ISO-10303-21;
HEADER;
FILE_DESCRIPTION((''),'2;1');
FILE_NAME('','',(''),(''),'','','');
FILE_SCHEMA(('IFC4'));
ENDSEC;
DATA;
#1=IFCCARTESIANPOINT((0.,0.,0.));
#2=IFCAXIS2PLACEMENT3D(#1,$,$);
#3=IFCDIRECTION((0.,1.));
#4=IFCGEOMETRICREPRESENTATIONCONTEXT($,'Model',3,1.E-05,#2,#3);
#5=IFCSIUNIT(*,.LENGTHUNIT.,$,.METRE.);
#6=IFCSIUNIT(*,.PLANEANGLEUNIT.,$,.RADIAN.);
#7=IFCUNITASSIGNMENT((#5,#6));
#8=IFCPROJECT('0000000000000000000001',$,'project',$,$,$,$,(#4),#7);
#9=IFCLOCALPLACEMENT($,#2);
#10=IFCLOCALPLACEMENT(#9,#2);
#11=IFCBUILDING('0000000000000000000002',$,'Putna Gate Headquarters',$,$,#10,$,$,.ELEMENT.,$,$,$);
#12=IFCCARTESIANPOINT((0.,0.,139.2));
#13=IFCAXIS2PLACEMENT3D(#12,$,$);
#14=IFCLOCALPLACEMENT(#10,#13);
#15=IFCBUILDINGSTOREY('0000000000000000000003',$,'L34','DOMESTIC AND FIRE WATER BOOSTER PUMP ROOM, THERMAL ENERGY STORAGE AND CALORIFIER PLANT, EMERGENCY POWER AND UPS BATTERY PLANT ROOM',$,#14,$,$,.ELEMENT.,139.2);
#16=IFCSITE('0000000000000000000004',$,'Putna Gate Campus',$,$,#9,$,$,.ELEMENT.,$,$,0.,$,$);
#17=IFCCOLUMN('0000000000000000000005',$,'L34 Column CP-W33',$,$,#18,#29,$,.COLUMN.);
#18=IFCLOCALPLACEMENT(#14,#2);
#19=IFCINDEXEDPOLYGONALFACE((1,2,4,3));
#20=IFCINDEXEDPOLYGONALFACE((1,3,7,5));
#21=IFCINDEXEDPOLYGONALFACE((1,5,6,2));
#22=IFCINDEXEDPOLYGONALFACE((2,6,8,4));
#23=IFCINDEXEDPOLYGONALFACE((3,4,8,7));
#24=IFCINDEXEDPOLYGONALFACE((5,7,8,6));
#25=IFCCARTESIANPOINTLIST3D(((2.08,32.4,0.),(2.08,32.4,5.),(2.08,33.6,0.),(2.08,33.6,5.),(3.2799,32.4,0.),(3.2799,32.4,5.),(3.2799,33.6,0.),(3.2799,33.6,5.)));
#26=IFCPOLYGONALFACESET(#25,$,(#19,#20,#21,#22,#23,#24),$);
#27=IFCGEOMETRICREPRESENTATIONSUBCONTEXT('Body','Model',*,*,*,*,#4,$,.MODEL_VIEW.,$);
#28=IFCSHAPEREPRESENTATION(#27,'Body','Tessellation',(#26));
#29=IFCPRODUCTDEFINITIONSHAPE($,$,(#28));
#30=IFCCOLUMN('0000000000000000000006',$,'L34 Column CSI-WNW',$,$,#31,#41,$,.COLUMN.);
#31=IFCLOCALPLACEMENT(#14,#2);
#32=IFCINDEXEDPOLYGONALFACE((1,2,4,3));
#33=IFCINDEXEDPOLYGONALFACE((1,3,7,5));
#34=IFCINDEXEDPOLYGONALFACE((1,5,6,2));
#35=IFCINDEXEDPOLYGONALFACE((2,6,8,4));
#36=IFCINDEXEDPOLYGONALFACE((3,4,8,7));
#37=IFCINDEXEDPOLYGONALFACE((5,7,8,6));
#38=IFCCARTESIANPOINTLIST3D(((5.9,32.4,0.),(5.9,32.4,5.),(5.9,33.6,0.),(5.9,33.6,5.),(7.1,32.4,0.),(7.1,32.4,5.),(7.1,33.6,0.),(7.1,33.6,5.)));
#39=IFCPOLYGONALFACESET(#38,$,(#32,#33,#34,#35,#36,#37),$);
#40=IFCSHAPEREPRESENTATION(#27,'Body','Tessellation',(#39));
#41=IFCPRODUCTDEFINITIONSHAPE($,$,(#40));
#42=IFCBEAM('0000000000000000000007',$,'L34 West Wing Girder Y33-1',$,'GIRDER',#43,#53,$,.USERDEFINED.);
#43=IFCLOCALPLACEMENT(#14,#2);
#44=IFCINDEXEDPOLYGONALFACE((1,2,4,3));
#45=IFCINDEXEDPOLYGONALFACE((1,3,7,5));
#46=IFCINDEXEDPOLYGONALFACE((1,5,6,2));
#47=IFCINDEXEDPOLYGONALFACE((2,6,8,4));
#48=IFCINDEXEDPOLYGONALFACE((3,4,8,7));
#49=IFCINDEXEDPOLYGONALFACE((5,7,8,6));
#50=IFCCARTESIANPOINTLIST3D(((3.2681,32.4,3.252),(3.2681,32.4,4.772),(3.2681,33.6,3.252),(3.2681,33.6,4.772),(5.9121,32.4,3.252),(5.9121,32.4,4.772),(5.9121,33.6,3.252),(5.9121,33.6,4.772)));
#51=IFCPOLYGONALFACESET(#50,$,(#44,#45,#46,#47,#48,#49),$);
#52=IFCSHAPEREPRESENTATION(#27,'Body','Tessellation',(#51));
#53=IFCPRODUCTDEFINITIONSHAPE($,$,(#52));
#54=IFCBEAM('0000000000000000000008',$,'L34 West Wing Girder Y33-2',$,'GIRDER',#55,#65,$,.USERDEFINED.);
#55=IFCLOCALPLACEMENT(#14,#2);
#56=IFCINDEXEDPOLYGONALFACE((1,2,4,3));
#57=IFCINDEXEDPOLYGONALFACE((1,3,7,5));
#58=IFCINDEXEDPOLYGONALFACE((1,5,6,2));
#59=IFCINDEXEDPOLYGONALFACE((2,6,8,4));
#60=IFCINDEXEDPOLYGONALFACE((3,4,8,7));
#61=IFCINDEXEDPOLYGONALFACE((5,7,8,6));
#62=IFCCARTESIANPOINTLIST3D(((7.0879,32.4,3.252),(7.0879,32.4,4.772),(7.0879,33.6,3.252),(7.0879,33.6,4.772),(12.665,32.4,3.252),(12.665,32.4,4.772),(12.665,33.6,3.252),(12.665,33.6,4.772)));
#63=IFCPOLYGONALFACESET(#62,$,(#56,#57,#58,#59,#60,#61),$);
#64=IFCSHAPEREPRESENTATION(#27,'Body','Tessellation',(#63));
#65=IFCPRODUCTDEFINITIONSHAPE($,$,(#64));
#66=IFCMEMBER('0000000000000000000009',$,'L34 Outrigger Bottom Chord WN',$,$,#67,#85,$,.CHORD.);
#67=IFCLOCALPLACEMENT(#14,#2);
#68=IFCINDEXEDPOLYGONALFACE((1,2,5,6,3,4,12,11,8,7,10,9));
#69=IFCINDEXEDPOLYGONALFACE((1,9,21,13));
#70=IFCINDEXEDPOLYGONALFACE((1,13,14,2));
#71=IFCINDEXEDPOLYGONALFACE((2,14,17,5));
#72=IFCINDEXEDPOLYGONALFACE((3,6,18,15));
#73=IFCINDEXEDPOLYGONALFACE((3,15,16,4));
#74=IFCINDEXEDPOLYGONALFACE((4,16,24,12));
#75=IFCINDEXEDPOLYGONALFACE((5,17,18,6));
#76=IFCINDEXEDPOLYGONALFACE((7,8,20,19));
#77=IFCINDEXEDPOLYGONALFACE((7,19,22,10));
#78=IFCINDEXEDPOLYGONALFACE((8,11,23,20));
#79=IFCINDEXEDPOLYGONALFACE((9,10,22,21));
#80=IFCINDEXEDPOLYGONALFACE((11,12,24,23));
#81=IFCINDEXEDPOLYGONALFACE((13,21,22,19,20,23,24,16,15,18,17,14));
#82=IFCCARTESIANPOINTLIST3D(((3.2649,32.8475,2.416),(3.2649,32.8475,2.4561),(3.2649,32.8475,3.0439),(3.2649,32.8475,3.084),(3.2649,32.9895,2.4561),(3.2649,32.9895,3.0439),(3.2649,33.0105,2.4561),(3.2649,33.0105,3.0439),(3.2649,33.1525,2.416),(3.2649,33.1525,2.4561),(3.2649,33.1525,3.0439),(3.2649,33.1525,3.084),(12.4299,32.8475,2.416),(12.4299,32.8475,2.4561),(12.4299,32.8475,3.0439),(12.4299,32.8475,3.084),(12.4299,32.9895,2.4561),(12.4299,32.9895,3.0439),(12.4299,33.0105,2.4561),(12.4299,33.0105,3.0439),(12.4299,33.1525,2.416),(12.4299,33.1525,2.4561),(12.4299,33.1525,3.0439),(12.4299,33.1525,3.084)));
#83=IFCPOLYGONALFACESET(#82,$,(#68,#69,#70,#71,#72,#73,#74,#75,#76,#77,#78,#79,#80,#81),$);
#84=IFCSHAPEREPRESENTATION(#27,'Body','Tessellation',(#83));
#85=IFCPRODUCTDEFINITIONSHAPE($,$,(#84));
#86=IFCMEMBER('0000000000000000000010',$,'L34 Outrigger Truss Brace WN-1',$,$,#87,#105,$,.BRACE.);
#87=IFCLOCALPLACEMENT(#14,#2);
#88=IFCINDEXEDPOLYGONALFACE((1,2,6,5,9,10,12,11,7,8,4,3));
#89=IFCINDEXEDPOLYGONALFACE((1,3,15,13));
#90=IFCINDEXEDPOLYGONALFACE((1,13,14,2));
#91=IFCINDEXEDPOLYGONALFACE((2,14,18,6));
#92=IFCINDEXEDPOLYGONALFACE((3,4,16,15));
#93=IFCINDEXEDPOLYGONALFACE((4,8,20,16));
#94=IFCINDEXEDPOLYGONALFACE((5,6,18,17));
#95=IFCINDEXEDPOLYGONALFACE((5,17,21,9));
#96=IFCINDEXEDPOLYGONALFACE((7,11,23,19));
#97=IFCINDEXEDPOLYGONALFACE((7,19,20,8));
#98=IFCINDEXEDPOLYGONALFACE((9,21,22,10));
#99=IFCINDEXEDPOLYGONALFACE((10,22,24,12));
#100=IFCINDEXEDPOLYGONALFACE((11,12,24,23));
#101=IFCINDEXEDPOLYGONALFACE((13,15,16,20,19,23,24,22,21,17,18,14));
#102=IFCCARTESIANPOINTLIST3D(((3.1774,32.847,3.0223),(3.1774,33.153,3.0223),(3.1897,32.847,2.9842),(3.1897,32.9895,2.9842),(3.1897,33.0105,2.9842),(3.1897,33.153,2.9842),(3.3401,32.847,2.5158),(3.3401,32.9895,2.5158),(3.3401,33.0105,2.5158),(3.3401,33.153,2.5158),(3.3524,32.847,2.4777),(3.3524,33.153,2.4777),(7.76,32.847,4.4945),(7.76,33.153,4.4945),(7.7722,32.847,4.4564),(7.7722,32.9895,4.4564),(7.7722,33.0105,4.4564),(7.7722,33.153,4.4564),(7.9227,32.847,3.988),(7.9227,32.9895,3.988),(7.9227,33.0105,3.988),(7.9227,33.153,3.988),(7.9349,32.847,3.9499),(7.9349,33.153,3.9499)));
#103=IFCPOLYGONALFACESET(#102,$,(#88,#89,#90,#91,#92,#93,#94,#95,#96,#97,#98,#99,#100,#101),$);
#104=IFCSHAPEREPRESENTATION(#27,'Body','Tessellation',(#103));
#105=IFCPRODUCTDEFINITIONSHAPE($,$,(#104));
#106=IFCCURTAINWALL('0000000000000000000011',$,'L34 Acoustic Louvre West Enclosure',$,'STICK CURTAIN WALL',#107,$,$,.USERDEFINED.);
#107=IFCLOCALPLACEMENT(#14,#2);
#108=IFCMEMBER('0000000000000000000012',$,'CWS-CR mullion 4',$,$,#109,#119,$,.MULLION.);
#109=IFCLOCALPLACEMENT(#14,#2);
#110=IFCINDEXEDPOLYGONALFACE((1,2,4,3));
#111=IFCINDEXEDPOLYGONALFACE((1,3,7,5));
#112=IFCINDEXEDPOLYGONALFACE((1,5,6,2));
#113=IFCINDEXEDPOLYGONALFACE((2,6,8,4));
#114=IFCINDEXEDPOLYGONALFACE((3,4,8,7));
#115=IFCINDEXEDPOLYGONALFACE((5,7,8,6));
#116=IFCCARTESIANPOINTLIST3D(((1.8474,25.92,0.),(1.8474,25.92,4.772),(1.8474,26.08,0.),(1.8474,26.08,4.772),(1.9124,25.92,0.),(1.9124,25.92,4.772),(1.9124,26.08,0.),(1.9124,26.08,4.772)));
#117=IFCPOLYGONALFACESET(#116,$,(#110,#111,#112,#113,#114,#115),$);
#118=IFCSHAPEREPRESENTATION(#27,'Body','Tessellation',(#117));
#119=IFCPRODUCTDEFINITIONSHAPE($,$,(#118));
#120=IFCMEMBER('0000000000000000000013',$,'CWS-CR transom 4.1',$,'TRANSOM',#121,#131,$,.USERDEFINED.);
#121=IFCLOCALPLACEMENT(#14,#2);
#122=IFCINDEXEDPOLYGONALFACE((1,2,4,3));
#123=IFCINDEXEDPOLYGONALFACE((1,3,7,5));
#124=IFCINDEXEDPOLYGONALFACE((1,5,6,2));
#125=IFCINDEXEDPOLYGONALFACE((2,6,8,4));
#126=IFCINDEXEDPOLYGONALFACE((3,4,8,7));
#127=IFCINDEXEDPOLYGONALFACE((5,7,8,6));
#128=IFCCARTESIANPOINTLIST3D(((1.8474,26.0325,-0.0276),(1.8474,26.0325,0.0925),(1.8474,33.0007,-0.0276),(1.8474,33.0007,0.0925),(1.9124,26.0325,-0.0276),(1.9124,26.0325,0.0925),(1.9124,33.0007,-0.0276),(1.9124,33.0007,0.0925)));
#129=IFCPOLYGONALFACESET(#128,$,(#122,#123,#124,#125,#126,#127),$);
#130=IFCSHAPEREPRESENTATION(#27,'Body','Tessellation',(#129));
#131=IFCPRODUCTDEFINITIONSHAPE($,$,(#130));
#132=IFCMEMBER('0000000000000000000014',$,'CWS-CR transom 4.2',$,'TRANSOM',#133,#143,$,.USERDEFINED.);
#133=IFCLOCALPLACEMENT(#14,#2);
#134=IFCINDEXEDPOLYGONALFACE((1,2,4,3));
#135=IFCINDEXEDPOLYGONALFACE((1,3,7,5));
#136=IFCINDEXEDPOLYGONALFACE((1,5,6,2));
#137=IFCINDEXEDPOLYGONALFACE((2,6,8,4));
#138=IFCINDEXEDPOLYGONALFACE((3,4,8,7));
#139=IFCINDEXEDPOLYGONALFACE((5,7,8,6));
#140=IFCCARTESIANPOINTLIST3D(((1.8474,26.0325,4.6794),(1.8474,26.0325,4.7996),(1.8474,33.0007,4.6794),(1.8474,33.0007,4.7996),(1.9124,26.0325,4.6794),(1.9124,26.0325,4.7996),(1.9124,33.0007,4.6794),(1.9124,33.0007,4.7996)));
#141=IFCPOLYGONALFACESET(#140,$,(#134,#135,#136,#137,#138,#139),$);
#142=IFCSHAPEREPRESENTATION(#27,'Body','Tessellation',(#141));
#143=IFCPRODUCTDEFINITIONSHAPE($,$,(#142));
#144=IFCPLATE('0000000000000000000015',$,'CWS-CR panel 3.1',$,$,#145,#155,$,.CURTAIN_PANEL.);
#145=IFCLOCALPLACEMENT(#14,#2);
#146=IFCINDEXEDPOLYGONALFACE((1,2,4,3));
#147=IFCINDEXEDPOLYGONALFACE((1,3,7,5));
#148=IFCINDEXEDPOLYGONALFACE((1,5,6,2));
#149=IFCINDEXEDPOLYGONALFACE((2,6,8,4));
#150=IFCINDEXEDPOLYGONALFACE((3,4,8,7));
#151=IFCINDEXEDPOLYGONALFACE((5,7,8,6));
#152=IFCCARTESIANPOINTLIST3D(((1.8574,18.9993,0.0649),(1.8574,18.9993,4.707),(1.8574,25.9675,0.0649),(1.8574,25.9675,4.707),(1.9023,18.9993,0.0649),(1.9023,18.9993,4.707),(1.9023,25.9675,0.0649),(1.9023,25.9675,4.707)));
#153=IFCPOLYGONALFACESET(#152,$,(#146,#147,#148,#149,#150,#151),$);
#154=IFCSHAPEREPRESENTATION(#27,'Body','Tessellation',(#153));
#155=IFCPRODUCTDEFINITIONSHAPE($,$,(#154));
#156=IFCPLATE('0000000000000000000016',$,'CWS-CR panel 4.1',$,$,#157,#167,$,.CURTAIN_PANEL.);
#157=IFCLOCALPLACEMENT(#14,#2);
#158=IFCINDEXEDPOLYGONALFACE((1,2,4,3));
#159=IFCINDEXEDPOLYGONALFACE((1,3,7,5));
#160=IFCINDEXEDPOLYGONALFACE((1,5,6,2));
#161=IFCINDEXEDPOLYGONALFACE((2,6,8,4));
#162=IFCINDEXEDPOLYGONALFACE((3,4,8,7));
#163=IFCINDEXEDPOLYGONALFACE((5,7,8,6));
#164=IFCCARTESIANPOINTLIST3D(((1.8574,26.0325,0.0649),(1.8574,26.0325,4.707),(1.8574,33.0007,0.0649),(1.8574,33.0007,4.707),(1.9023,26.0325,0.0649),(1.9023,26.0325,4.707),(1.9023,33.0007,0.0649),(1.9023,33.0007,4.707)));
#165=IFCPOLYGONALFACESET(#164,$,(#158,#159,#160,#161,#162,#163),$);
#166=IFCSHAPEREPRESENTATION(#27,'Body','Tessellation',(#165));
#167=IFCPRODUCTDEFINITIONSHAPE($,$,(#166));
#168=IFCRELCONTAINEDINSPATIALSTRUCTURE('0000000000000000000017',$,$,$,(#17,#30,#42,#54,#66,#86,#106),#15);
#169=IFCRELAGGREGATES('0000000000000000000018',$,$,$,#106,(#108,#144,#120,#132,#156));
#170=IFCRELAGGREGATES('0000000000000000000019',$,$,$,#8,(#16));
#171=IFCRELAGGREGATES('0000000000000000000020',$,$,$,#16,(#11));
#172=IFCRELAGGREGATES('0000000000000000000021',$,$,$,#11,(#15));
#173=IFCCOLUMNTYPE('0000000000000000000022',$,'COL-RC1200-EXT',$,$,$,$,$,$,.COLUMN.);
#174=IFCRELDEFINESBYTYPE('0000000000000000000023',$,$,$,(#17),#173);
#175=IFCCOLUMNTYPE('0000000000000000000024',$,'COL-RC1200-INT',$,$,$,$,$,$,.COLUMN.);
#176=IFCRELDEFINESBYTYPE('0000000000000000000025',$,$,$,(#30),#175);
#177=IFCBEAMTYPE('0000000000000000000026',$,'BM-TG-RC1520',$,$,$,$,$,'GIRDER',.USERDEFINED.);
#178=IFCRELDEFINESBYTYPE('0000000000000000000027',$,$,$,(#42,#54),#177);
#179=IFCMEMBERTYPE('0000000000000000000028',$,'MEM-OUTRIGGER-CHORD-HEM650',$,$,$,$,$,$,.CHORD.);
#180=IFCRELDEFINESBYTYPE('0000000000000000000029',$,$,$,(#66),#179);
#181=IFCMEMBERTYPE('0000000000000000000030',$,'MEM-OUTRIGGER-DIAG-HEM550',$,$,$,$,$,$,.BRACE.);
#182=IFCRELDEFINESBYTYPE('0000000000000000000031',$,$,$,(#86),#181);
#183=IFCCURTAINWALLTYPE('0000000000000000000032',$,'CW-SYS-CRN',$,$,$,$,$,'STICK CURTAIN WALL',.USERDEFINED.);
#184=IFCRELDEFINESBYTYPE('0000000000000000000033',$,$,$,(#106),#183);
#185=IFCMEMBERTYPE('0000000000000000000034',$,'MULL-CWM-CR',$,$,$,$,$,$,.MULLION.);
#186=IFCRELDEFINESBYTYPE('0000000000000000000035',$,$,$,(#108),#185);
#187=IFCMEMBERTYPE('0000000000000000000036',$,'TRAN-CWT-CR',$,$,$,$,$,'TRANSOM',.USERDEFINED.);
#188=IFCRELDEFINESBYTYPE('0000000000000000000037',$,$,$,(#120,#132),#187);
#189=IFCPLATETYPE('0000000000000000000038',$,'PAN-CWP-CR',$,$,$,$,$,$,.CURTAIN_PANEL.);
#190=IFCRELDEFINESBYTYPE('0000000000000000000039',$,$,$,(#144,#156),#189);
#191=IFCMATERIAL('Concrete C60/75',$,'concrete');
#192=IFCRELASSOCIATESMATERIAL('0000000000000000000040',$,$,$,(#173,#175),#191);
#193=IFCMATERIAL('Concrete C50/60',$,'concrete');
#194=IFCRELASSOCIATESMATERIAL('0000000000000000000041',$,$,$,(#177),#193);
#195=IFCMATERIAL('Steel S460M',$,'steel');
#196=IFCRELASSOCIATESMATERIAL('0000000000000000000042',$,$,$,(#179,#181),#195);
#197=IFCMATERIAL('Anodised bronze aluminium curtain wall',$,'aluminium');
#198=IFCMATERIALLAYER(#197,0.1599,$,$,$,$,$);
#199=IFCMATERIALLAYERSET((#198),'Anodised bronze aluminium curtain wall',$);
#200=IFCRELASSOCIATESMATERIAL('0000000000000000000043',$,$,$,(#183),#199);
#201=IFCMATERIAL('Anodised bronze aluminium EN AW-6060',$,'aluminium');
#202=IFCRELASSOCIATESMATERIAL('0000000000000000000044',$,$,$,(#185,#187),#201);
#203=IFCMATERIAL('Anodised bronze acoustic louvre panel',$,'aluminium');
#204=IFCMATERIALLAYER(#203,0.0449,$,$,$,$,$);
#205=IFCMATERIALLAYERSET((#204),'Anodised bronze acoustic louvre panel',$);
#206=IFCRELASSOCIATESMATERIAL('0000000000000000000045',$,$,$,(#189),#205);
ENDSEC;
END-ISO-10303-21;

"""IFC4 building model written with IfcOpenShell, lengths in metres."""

from ifc_helpers import new_model, si_unit, direction, frame, origin, origin_2d, place, context, subcontext, project, spatial, rectangle, i_section, extrude, material, layer, layer_set, material_profile, profile_set, type_object, element, aggregate, save


model = new_model("IFC4")

# Units and contexts
model_context = context("Model", 3, precision=1e-05, world=origin(), true_north=direction((0.0, 1.0)))
body_context = subcontext(model_context, "Body", "Model", "MODEL_VIEW")
ifc_project = project(units=[si_unit("LENGTHUNIT", "METRE"), si_unit("PLANEANGLEUNIT", "RADIAN")], contexts=[model_context])

# Site, building, storey
site_placement = place(None, origin())
site = spatial("IfcSite", under=ifc_project, at=site_placement, Name="Putna Gate Campus", CompositionType="ELEMENT", RefElevation=0.0)
building_placement = place(site_placement, origin())
building = spatial("IfcBuilding", under=site, at=building_placement, Name="Putna Gate Headquarters", CompositionType="ELEMENT")
storey_placement = place(building_placement, frame((0.0, 0.0, 139.2)))
storey = spatial("IfcBuildingStorey", under=building, at=storey_placement, Name="L34", Description="DOMESTIC AND FIRE WATER BOOSTER PUMP ROOM, THERMAL ENERGY STORAGE AND CALORIFIER PLANT, EMERGENCY POWER AND UPS BATTERY PLANT ROOM", CompositionType="ELEMENT", Elevation=139.2)

# Columns
ifc_material_1 = material(Name="Concrete C60/75", Category="concrete")
ifc_material_profile_1 = material_profile(ifc_material_1, rectangle(XDim=1.2, YDim=1.2, at=origin_2d()), Name="Concrete C60/75")
ifc_profile_set_1 = profile_set([ifc_material_profile_1], Name="Concrete C60/75")
column_type_1 = type_object("IfcColumnType", Name="COL-RC1200-EXT", PredefinedType="COLUMN", material=ifc_profile_set_1)
column_1_placement = place(storey_placement, frame((2.6799, 33.0, 0.0), z_axis=(0.0, 0.0, 1.0), x_axis=(1.0, 0.0, 0.0)))
element("IfcColumn", 1, at=column_1_placement, inside=storey, type_object=column_type_1, Name="L34 Column CP-W33", PredefinedType="COLUMN", context=body_context, shape_type="SweptSolid", body=[
    extrude(rectangle(XDim=1.2, YDim=1.2, at=origin_2d()), origin(), (0.0, 0.0, 1.0), 5.0),
])
ifc_material_profile_2 = material_profile(ifc_material_1, rectangle(XDim=1.2, YDim=1.2, at=origin_2d()), Name="Concrete C60/75")
ifc_profile_set_2 = profile_set([ifc_material_profile_2], Name="Concrete C60/75")
column_type_2 = type_object("IfcColumnType", Name="COL-RC1200-INT", PredefinedType="COLUMN", material=ifc_profile_set_2)
column_2_placement = place(storey_placement, frame((6.5, 33.0, 0.0), z_axis=(0.0, 0.0, 1.0), x_axis=(1.0, 0.0, 0.0)))
element("IfcColumn", 2, at=column_2_placement, inside=storey, type_object=column_type_2, Name="L34 Column CSI-WNW", PredefinedType="COLUMN", context=body_context, shape_type="SweptSolid", body=[
    extrude(rectangle(XDim=1.2, YDim=1.2, at=origin_2d()), origin(), (0.0, 0.0, 1.0), 5.0),
])

# Beams
ifc_material_2 = material(Name="Concrete C50/60", Category="concrete")
ifc_material_profile_3 = material_profile(ifc_material_2, rectangle(XDim=1.2, YDim=1.52, at=origin_2d()), Name="Concrete C50/60")
ifc_profile_set_3 = profile_set([ifc_material_profile_3], Name="Concrete C50/60")
beam_type = type_object("IfcBeamType", Name="BM-TG-RC1520", ElementType="GIRDER", PredefinedType="USERDEFINED", material=ifc_profile_set_3)
beam_1_placement = place(storey_placement, frame((3.2681, 33.0, 4.012), z_axis=(1.0, 0.0, 0.0), x_axis=(0.0, 1.0, 0.0)))
element("IfcBeam", 3, at=beam_1_placement, inside=storey, type_object=beam_type, Name="L34 West Wing Girder Y33-1", ObjectType="GIRDER", PredefinedType="USERDEFINED", context=body_context, shape_type="SweptSolid", body=[
    extrude(rectangle(XDim=1.2, YDim=1.52, at=origin_2d()), origin(), (0.0, 0.0, 1.0), 2.644),
])
beam_2_placement = place(storey_placement, frame((7.0879, 33.0, 4.012), z_axis=(1.0, 0.0, 0.0), x_axis=(0.0, 1.0, 0.0)))
element("IfcBeam", 4, at=beam_2_placement, inside=storey, type_object=beam_type, Name="L34 West Wing Girder Y33-2", ObjectType="GIRDER", PredefinedType="USERDEFINED", context=body_context, shape_type="SweptSolid", body=[
    extrude(rectangle(XDim=1.2, YDim=1.52, at=origin_2d()), origin(), (0.0, 0.0, 1.0), 5.5771),
])

# Members
ifc_material_3 = material(Name="Steel S460M", Category="steel")
ifc_material_profile_4 = material_profile(ifc_material_3, i_section(OverallWidth=0.3049, OverallDepth=0.668, WebThickness=0.021, FlangeThickness=0.04, at=origin_2d()), Name="Steel S460M")
ifc_profile_set_4 = profile_set([ifc_material_profile_4], Name="Steel S460M")
member_type_1 = type_object("IfcMemberType", Name="MEM-OUTRIGGER-CHORD-HEM650", PredefinedType="CHORD", material=ifc_profile_set_4)
member_1_placement = place(storey_placement, frame((3.2649, 33.0, 2.75), z_axis=(1.0, 0.0, 0.0), x_axis=(0.0, 1.0, 0.0)))
element("IfcMember", 5, at=member_1_placement, inside=storey, type_object=member_type_1, Name="L34 Outrigger Bottom Chord WN", PredefinedType="CHORD", context=body_context, shape_type="SweptSolid", body=[
    extrude(i_section(OverallWidth=0.3049, OverallDepth=0.668, WebThickness=0.021, FlangeThickness=0.04, at=origin_2d()), origin(), (0.0, 0.0, 1.0), 9.165),
])
ifc_material_profile_5 = material_profile(ifc_material_3, i_section(OverallWidth=0.3059, OverallDepth=0.572, WebThickness=0.021, FlangeThickness=0.04, at=origin_2d()), Name="Steel S460M")
ifc_profile_set_5 = profile_set([ifc_material_profile_5], Name="Steel S460M")
member_type_2 = type_object("IfcMemberType", Name="MEM-OUTRIGGER-DIAG-HEM550", PredefinedType="BRACE", material=ifc_profile_set_5)
member_2_placement = place(storey_placement, frame((3.2649, 33.0, 2.75), z_axis=(0.952076, 0.0, 0.305861), x_axis=(0.0, 1.0, 0.0)))
element("IfcMember", 6, at=member_2_placement, inside=storey, type_object=member_type_2, Name="L34 Outrigger Truss Brace WN-1", PredefinedType="BRACE", context=body_context, shape_type="SweptSolid", body=[
    extrude(i_section(OverallWidth=0.3059, OverallDepth=0.572, WebThickness=0.021, FlangeThickness=0.04, at=origin_2d()), origin(), (0.0, 0.0, 1.0), 4.8132),
])

# Curtain wall, members, plates
ifc_material_4 = material(Name="Anodised bronze aluminium curtain wall", Category="aluminium")
ifc_layer_1 = layer(ifc_material_4, 0.1599)
ifc_layer_set_1 = layer_set([ifc_layer_1], Name="Anodised bronze aluminium curtain wall")
curtain_wall_type = type_object("IfcCurtainWallType", Name="CW-SYS-CRN", ElementType="STICK CURTAIN WALL", PredefinedType="USERDEFINED", material=ifc_layer_set_1)
curtain_wall_placement = place(storey_placement, origin())
curtain_wall = element("IfcCurtainWall", 7, at=curtain_wall_placement, inside=storey, type_object=curtain_wall_type, Name="L34 Acoustic Louvre West Enclosure", ObjectType="STICK CURTAIN WALL", PredefinedType="USERDEFINED")
ifc_material_5 = material(Name="Anodised bronze aluminium EN AW-6060", Category="aluminium")
ifc_material_profile_6 = material_profile(ifc_material_5, rectangle(XDim=0.0649, YDim=0.1599, at=origin_2d()), Name="Anodised bronze aluminium EN AW-6060")
ifc_profile_set_6 = profile_set([ifc_material_profile_6], Name="Anodised bronze aluminium EN AW-6060")
member_type_3 = type_object("IfcMemberType", Name="MULL-CWM-CR", PredefinedType="MULLION", material=ifc_profile_set_6)
member_3_placement = place(storey_placement, frame((1.8799, 26.0, 0.0), z_axis=(0.0, 0.0, 1.0), x_axis=(-1.0, 0.0, 0.0)))
member_3 = element("IfcMember", 8, at=member_3_placement, type_object=member_type_3, Name="CWS-CR mullion 4", PredefinedType="MULLION", context=body_context, shape_type="SweptSolid", body=[
    extrude(rectangle(XDim=0.0649, YDim=0.1599, at=origin_2d()), origin(), (0.0, 0.0, 1.0), 4.772),
])
ifc_material_profile_7 = material_profile(ifc_material_5, rectangle(XDim=0.0649, YDim=0.1201, at=origin_2d()), Name="Anodised bronze aluminium EN AW-6060")
ifc_profile_set_7 = profile_set([ifc_material_profile_7], Name="Anodised bronze aluminium EN AW-6060")
member_type_4 = type_object("IfcMemberType", Name="TRAN-CWT-CR", ElementType="TRANSOM", PredefinedType="USERDEFINED", material=ifc_profile_set_7)
member_4_placement = place(storey_placement, frame((1.8799, 26.0325, 0.0325), z_axis=(0.0, 1.0, 0.0), x_axis=(-1.0, 0.0, 0.0)))
member_4 = element("IfcMember", 9, at=member_4_placement, type_object=member_type_4, Name="CWS-CR transom 4.1", ObjectType="TRANSOM", PredefinedType="USERDEFINED", context=body_context, shape_type="SweptSolid", body=[
    extrude(rectangle(XDim=0.0649, YDim=0.1201, at=origin_2d()), origin(), (0.0, 0.0, 1.0), 6.9683),
])
member_5_placement = place(storey_placement, frame((1.8799, 26.0325, 4.7395), z_axis=(0.0, 1.0, 0.0), x_axis=(-1.0, 0.0, 0.0)))
member_5 = element("IfcMember", 10, at=member_5_placement, type_object=member_type_4, Name="CWS-CR transom 4.2", ObjectType="TRANSOM", PredefinedType="USERDEFINED", context=body_context, shape_type="SweptSolid", body=[
    extrude(rectangle(XDim=0.0649, YDim=0.1201, at=origin_2d()), origin(), (0.0, 0.0, 1.0), 6.9683),
])
ifc_material_6 = material(Name="Anodised bronze acoustic louvre panel", Category="aluminium")
ifc_layer_2 = layer(ifc_material_6, 0.0449)
ifc_layer_set_2 = layer_set([ifc_layer_2], Name="Anodised bronze acoustic louvre panel")
plate_type_1 = type_object("IfcPlateType", Name="PAN-CWP-CR", PredefinedType="CURTAIN_PANEL", material=ifc_layer_set_2)
plate_1_placement = place(storey_placement, frame((1.8799, 22.4834, 0.0649), z_axis=(0.0, 0.0, 1.0), x_axis=(0.0, 1.0, 0.0)))
plate_1 = element("IfcPlate", 11, at=plate_1_placement, type_object=plate_type_1, Name="CWS-CR panel 3.1", PredefinedType="CURTAIN_PANEL", context=body_context, shape_type="SweptSolid", body=[
    extrude(rectangle(XDim=6.9683, YDim=0.0449, at=origin_2d()), origin(), (0.0, 0.0, 1.0), 4.6421),
])
plate_2_placement = place(storey_placement, frame((1.8799, 29.5166, 0.0649), z_axis=(0.0, 0.0, 1.0), x_axis=(0.0, 1.0, 0.0)))
plate_2 = element("IfcPlate", 12, at=plate_2_placement, type_object=plate_type_1, Name="CWS-CR panel 4.1", PredefinedType="CURTAIN_PANEL", context=body_context, shape_type="SweptSolid", body=[
    extrude(rectangle(XDim=6.9683, YDim=0.0449, at=origin_2d()), origin(), (0.0, 0.0, 1.0), 4.6421),
])
aggregate(curtain_wall, [member_3, plate_1, member_4, member_5, plate_2])

save(model, "model.ifc")
